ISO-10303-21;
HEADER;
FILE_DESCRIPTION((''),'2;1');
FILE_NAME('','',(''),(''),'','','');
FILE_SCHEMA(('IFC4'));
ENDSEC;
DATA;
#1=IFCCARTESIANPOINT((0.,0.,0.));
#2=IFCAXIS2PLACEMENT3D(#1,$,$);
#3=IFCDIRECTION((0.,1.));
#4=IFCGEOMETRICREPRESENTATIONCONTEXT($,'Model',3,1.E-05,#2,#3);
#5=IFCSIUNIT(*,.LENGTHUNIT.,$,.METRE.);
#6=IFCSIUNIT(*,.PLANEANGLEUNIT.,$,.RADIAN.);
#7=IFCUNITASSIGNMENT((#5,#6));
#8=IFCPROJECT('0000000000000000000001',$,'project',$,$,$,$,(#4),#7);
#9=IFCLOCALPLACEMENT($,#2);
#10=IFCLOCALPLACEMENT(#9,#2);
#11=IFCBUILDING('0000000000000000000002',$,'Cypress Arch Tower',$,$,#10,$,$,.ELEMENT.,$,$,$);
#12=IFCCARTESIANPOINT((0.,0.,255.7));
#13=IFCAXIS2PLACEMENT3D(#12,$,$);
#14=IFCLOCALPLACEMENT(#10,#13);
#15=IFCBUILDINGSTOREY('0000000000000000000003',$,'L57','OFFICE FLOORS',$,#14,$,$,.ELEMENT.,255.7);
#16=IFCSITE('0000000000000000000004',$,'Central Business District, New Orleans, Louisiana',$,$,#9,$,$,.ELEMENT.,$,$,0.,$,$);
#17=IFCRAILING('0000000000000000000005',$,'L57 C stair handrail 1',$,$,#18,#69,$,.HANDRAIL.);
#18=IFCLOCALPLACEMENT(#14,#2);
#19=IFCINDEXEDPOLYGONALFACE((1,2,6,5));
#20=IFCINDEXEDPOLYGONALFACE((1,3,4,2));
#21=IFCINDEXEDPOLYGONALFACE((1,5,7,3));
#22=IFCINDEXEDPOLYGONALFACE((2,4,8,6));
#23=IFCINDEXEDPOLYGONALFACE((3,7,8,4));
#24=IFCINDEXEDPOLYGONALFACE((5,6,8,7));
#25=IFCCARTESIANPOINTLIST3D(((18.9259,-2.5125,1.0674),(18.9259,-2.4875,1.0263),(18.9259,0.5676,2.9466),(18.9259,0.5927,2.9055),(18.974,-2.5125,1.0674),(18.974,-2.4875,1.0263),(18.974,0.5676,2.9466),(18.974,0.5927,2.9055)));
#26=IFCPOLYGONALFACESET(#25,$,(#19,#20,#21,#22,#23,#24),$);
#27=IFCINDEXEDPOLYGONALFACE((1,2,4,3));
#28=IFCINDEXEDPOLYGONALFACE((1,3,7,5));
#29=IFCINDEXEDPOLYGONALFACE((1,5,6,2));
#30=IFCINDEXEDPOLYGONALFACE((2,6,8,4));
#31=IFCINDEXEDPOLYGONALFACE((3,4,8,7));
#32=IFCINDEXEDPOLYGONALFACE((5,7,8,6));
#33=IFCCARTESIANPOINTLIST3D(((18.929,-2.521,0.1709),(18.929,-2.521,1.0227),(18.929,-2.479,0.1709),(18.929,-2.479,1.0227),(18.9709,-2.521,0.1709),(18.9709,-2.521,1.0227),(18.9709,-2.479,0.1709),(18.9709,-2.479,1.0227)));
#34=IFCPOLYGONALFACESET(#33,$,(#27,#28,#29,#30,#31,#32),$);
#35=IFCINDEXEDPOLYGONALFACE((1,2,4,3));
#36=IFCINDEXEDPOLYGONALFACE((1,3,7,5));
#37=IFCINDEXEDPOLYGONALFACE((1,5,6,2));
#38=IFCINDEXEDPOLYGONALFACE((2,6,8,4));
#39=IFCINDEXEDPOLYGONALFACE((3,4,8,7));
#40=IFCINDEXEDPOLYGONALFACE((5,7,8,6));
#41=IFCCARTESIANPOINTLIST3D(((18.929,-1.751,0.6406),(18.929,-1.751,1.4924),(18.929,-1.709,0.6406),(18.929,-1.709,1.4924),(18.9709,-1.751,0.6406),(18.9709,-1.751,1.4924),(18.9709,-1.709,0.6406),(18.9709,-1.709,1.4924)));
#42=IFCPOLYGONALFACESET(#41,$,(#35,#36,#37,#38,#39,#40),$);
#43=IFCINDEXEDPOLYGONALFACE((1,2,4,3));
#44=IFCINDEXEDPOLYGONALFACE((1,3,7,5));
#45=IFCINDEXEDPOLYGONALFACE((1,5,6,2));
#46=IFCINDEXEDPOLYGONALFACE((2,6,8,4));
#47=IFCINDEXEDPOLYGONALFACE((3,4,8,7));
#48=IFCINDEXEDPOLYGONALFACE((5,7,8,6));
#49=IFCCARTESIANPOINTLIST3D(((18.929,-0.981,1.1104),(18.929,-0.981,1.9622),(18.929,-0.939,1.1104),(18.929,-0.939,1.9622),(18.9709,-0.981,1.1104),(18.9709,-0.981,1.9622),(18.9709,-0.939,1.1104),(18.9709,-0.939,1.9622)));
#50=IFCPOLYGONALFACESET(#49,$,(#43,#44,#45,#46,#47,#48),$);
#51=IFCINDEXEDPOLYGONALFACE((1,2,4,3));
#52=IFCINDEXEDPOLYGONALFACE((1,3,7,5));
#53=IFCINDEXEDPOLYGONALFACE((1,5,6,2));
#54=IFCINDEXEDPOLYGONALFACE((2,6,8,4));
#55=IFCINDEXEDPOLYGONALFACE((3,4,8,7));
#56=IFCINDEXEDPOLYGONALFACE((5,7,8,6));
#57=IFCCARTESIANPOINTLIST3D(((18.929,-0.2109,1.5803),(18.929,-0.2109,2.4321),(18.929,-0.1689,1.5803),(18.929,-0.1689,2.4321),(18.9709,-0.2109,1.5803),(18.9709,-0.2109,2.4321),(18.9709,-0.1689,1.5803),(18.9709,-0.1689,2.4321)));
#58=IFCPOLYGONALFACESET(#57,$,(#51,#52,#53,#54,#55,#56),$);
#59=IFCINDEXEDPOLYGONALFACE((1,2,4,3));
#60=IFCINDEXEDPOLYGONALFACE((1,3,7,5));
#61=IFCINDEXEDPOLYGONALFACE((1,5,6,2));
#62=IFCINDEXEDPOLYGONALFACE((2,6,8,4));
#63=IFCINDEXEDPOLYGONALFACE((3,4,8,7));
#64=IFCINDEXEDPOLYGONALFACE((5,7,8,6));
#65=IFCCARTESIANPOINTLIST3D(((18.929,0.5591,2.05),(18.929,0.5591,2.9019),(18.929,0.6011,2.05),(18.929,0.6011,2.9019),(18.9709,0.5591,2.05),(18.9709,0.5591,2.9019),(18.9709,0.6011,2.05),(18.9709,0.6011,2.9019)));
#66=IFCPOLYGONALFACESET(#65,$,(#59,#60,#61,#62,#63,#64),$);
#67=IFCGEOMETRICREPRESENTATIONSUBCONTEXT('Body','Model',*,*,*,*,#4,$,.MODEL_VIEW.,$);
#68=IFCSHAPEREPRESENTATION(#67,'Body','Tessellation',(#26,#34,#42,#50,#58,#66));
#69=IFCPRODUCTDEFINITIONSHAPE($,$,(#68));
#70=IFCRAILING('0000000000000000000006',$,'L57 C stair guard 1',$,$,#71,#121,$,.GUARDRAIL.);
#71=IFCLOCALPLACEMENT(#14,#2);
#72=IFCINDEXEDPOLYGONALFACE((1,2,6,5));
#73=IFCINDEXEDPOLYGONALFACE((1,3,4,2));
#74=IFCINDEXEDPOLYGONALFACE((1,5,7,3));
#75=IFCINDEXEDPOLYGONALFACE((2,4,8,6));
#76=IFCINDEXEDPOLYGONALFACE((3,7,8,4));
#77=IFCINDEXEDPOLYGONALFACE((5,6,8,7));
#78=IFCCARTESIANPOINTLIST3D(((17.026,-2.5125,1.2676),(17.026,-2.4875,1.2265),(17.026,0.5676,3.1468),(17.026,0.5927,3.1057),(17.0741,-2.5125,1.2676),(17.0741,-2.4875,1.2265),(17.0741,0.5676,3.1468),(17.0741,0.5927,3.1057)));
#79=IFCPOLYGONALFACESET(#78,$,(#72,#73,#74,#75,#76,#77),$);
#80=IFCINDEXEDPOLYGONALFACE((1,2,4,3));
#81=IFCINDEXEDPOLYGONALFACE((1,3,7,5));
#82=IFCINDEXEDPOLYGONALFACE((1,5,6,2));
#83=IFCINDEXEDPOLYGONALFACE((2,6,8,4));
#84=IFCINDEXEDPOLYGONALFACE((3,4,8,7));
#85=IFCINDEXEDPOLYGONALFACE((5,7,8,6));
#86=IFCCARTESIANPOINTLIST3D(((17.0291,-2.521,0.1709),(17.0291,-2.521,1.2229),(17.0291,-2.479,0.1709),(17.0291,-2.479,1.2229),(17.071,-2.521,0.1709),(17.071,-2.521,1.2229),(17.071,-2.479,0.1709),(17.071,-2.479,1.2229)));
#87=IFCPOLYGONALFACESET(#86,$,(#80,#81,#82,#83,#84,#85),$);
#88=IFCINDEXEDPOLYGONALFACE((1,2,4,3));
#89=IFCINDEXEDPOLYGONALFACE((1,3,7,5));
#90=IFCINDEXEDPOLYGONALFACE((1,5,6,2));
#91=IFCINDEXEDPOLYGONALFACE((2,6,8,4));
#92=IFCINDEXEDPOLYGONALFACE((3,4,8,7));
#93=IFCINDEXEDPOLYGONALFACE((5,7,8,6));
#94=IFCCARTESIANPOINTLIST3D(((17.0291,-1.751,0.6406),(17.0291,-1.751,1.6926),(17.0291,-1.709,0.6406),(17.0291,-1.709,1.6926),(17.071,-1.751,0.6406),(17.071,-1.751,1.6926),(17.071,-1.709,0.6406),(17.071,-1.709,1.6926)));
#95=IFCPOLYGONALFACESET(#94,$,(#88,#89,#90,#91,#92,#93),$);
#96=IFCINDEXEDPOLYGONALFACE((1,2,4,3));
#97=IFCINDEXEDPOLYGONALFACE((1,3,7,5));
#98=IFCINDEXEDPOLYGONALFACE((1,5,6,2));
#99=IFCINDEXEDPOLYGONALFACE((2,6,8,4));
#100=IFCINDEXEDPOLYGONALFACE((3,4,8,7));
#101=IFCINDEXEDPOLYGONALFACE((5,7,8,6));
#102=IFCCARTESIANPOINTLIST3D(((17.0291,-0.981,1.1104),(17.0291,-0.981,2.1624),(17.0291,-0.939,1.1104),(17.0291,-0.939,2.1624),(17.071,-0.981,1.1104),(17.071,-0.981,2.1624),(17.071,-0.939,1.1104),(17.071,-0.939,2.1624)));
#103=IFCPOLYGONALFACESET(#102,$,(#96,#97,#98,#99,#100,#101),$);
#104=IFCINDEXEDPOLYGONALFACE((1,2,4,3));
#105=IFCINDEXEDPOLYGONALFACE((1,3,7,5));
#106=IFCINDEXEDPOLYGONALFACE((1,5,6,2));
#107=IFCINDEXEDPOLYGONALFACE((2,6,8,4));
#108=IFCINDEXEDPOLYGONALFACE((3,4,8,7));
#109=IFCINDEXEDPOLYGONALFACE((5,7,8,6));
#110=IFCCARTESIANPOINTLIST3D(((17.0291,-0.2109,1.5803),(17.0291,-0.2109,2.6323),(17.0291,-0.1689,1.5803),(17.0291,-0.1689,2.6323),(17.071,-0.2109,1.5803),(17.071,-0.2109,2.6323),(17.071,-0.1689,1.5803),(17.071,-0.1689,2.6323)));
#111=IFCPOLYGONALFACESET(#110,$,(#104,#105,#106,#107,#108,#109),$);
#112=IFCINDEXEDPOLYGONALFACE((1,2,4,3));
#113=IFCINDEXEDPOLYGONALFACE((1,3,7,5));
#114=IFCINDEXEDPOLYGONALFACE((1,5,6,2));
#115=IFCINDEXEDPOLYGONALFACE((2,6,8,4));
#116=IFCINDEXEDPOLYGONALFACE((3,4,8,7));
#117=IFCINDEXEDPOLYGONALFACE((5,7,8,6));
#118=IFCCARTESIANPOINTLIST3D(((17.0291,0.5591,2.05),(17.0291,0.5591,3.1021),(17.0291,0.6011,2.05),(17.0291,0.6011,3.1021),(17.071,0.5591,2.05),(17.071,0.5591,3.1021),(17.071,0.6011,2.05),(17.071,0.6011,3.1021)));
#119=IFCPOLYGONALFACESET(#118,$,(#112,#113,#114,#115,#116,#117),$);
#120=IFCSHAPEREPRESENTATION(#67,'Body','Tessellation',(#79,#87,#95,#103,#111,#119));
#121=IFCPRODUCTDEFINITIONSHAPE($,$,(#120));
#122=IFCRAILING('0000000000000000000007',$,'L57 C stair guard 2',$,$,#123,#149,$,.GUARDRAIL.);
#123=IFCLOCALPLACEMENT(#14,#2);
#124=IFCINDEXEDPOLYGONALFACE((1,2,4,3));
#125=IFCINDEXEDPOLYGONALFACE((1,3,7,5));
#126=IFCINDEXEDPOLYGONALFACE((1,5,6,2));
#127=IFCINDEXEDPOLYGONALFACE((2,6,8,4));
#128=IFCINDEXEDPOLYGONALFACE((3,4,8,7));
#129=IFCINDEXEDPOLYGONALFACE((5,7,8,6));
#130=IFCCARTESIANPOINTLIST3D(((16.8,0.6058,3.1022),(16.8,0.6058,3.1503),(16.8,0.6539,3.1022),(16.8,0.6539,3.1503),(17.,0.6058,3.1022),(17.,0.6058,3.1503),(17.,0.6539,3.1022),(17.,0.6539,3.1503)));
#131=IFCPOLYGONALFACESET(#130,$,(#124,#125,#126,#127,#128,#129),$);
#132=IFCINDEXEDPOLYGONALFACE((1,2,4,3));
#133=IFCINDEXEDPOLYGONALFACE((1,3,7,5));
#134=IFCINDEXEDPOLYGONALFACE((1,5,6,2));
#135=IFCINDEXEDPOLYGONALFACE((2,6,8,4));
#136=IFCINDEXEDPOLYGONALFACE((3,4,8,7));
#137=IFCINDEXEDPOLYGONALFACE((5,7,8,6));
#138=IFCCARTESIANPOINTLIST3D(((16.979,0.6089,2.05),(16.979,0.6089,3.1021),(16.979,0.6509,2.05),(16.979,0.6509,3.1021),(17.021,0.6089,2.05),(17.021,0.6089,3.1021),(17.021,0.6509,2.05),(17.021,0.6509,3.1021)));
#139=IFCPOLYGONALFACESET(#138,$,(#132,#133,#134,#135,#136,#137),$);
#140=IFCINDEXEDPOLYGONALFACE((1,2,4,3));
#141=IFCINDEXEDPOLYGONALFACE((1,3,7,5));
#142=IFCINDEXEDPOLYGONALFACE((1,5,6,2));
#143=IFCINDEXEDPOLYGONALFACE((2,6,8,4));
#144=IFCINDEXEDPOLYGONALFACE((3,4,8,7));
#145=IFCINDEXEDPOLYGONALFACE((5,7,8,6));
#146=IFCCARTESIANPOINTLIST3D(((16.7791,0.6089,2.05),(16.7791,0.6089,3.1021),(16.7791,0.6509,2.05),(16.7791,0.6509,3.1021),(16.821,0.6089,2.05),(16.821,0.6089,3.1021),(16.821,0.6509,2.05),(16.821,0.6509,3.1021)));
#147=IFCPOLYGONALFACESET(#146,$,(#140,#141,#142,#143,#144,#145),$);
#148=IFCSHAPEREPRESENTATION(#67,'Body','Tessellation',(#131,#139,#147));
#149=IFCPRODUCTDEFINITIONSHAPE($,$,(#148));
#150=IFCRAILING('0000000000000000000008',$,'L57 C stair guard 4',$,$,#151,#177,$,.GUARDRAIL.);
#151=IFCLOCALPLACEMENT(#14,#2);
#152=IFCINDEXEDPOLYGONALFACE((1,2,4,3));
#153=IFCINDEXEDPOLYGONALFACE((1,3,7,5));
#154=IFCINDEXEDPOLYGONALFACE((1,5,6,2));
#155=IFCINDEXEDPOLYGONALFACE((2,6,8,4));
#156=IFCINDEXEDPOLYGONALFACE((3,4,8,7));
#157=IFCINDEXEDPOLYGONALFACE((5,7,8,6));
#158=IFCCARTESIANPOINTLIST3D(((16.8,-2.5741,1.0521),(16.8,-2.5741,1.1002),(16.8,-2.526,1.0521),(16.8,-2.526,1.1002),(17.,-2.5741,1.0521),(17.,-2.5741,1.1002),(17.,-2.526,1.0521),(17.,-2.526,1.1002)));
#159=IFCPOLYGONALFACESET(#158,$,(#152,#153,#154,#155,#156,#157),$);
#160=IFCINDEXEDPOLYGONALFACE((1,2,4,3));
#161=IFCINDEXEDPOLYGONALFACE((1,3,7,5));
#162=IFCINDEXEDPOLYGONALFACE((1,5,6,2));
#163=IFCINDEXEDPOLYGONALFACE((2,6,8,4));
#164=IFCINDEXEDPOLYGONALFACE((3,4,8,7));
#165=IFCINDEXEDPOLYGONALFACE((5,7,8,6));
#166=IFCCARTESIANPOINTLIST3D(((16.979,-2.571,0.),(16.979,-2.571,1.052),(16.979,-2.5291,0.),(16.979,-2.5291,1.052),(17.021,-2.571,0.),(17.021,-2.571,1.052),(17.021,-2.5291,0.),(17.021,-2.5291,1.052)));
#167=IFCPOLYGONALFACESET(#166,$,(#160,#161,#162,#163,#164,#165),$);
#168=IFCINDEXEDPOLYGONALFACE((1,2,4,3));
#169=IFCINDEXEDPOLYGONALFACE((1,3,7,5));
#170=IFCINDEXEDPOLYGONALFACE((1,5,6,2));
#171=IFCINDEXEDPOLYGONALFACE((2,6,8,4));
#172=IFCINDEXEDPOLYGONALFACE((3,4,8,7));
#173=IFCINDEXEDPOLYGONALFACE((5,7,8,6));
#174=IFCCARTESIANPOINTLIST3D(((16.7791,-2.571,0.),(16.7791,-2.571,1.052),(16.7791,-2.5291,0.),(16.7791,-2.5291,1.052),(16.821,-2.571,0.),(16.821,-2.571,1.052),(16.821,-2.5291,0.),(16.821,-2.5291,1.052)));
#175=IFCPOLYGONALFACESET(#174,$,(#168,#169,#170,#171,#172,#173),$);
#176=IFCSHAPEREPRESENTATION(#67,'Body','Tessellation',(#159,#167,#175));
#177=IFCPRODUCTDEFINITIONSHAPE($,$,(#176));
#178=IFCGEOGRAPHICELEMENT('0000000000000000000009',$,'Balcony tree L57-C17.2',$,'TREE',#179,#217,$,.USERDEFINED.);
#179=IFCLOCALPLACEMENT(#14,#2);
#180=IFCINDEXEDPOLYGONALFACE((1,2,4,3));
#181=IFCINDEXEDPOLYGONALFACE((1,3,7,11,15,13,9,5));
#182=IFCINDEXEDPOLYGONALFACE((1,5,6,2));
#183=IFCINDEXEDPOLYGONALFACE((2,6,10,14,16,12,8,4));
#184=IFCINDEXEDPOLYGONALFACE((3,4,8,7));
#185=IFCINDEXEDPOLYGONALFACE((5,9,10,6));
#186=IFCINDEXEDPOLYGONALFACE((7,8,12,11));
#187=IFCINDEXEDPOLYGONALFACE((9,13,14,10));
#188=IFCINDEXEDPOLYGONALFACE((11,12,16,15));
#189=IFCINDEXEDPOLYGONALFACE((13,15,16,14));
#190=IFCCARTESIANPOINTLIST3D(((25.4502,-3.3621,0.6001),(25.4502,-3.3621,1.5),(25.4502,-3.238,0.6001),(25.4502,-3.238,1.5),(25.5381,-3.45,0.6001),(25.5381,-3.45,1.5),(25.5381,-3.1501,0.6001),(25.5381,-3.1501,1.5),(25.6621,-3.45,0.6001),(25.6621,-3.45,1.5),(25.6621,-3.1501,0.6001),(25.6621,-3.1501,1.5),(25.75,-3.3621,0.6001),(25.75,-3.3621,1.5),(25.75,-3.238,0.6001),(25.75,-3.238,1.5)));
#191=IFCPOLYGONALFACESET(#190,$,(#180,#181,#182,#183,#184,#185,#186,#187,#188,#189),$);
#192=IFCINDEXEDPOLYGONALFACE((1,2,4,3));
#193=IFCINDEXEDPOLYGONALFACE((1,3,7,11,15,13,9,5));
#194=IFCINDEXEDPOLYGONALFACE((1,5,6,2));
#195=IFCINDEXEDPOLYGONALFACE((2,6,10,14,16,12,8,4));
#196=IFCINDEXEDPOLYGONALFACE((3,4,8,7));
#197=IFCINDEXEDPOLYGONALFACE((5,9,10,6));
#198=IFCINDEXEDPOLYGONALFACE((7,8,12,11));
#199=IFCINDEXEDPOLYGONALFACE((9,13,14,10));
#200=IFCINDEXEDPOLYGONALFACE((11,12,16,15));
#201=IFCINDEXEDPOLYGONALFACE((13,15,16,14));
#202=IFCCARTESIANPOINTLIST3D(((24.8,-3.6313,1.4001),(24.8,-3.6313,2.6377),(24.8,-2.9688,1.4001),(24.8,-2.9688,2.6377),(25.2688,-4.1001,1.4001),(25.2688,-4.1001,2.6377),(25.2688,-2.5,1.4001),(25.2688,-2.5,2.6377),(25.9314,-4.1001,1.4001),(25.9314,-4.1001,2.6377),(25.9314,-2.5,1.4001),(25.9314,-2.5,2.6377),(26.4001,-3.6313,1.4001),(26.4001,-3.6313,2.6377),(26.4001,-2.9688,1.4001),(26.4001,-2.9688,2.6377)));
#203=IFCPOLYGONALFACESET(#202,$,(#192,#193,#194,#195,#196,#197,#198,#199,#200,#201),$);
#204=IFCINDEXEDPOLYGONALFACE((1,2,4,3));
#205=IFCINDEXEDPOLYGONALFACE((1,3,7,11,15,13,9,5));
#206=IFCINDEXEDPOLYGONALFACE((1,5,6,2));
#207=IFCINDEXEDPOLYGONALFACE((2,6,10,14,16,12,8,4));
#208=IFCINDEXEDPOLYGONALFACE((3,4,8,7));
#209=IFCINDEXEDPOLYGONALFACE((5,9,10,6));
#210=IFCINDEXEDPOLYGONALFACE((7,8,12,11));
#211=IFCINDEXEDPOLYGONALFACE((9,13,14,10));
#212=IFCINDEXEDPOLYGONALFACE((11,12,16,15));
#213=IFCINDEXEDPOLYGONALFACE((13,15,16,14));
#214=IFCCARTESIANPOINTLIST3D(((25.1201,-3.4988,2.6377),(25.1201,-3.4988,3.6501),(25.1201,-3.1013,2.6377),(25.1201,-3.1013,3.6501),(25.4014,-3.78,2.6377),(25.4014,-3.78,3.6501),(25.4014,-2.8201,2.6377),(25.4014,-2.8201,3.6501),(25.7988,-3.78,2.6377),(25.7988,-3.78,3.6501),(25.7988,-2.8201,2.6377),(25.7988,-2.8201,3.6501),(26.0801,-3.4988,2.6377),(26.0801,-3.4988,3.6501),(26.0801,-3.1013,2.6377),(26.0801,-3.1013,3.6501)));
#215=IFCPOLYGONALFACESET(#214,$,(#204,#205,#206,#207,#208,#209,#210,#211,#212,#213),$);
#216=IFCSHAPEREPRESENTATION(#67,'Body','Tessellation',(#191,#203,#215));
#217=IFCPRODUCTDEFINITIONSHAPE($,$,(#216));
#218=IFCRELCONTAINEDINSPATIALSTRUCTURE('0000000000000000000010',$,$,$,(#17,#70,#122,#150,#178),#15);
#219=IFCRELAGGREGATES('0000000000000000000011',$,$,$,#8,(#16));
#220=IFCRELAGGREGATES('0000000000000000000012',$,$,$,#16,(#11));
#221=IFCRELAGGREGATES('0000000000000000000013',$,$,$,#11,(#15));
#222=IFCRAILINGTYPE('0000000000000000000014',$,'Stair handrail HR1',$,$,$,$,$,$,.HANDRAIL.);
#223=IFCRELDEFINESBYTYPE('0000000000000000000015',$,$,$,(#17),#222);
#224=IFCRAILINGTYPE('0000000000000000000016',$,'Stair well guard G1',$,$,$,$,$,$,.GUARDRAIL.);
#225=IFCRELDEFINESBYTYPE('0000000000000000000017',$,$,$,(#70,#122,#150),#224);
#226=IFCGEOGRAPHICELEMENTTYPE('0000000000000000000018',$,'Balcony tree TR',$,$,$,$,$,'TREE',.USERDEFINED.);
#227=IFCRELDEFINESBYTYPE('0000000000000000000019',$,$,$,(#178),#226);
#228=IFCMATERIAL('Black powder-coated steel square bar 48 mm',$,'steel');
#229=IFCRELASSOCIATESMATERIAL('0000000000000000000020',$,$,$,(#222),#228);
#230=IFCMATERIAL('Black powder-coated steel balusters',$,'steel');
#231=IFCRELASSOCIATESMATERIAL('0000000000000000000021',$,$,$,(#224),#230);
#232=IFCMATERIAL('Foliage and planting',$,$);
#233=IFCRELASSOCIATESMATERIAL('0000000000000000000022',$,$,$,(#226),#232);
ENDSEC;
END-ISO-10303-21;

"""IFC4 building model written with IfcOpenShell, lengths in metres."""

from ifc_helpers import new_model, si_unit, direction, frame, origin, origin_2d, place, context, subcontext, project, spatial, polyline, rectangle, outline, extrude, material, type_object, element, save


model = new_model("IFC4")

# Units and contexts
model_context = context("Model", 3, precision=1e-05, world=origin(), true_north=direction((0.0, 1.0)))
body_context = subcontext(model_context, "Body", "Model", "MODEL_VIEW")
ifc_project = project(units=[si_unit("LENGTHUNIT", "METRE"), si_unit("PLANEANGLEUNIT", "RADIAN")], contexts=[model_context])

# Site, building, storey
site_placement = place(None, origin())
site = spatial("IfcSite", under=ifc_project, at=site_placement, Name="Central Business District, New Orleans, Louisiana", CompositionType="ELEMENT", RefElevation=0.0)
building_placement = place(site_placement, origin())
building = spatial("IfcBuilding", under=site, at=building_placement, Name="Cypress Arch Tower", CompositionType="ELEMENT")
storey_placement = place(building_placement, frame((0.0, 0.0, 255.7)))
storey = spatial("IfcBuildingStorey", under=building, at=storey_placement, Name="L57", Description="OFFICE FLOORS", CompositionType="ELEMENT", Elevation=255.7)

# Railings
ifc_material_1 = material(Name="Black powder-coated steel square bar 48 mm", Category="steel")
railing_type_1 = type_object("IfcRailingType", Name="Stair handrail HR1", PredefinedType="HANDRAIL", material=ifc_material_1)
railing_1_placement = place(storey_placement, frame((18.95, -2.5, 0.1709)))
element("IfcRailing", 1, at=railing_1_placement, inside=storey, type_object=railing_type_1, Name="L57 C stair handrail 1", PredefinedType="HANDRAIL", context=body_context, shape_type="SweptSolid", body=[
    extrude(rectangle(XDim=0.0481, YDim=0.0481, at=origin_2d()), frame((0.0, 0.0, 0.876), z_axis=(0.0, 0.853666, 0.52082), x_axis=(-1.0, 0.0, 0.0)), (0.0, 0.0, 1.0), 3.6082),
    extrude(rectangle(XDim=0.042, YDim=0.042, at=origin_2d()), origin(), (0.0, 0.0, 1.0), 0.8518),
    extrude(rectangle(XDim=0.042, YDim=0.042, at=origin_2d()), frame((0.0, 0.77, 0.4697)), (0.0, 0.0, 1.0), 0.8518),
    extrude(rectangle(XDim=0.042, YDim=0.042, at=origin_2d()), frame((0.0, 1.54, 0.9395)), (0.0, 0.0, 1.0), 0.8518),
    extrude(rectangle(XDim=0.042, YDim=0.042, at=origin_2d()), frame((0.0, 2.3101, 1.4094)), (0.0, 0.0, 1.0), 0.8518),
    extrude(rectangle(XDim=0.042, YDim=0.042, at=origin_2d()), frame((0.0, 3.0801, 1.8792)), (0.0, 0.0, 1.0), 0.8518),
])
ifc_material_2 = material(Name="Black powder-coated steel balusters", Category="steel")
railing_type_2 = type_object("IfcRailingType", Name="Stair well guard G1", PredefinedType="GUARDRAIL", material=ifc_material_2)
railing_2_placement = place(storey_placement, frame((17.05, -2.5, 0.1709)))
element("IfcRailing", 2, at=railing_2_placement, inside=storey, type_object=railing_type_2, Name="L57 C stair guard 1", PredefinedType="GUARDRAIL", context=body_context, shape_type="SweptSolid", body=[
    extrude(rectangle(XDim=0.0481, YDim=0.0481, at=origin_2d()), frame((0.0, 0.0, 1.0762), z_axis=(0.0, 0.853666, 0.52082), x_axis=(-1.0, 0.0, 0.0)), (0.0, 0.0, 1.0), 3.6082),
    extrude(rectangle(XDim=0.042, YDim=0.042, at=origin_2d()), origin(), (0.0, 0.0, 1.0), 1.052),
    extrude(rectangle(XDim=0.042, YDim=0.042, at=origin_2d()), frame((0.0, 0.77, 0.4697)), (0.0, 0.0, 1.0), 1.052),
    extrude(rectangle(XDim=0.042, YDim=0.042, at=origin_2d()), frame((0.0, 1.54, 0.9395)), (0.0, 0.0, 1.0), 1.052),
    extrude(rectangle(XDim=0.042, YDim=0.042, at=origin_2d()), frame((0.0, 2.3101, 1.4094)), (0.0, 0.0, 1.0), 1.052),
    extrude(rectangle(XDim=0.042, YDim=0.042, at=origin_2d()), frame((0.0, 3.0801, 1.8792)), (0.0, 0.0, 1.0), 1.052),
])
for number, where, name in (
    (3, (17.0, 0.6299, 2.05), "L57 C stair guard 2"),
    (4, (17.0, -2.55, 0.0), "L57 C stair guard 4"),
):
    element("IfcRailing", number, at=place(storey_placement, frame(where)), inside=storey, type_object=railing_type_2, Name=name, PredefinedType="GUARDRAIL", context=body_context, shape_type="SweptSolid", body=[
        extrude(rectangle(XDim=0.0481, YDim=0.0481, at=origin_2d()), frame((0.0, 0.0, 1.0762), z_axis=(-1.0, 0.0, 0.0), x_axis=(0.0, -1.0, 0.0)), (0.0, 0.0, 1.0), 0.2),
        extrude(rectangle(XDim=0.042, YDim=0.042, at=origin_2d()), origin(), (0.0, 0.0, 1.0), 1.052),
        extrude(rectangle(XDim=0.042, YDim=0.042, at=origin_2d()), frame((-0.2, 0.0, 0.0)), (0.0, 0.0, 1.0), 1.052),
    ])

# Geographic element
ifc_material_3 = material(Name="Foliage and planting")
geographic_element_type = type_object("IfcGeographicElementType", Name="Balcony tree TR", ElementType="TREE", PredefinedType="USERDEFINED", material=ifc_material_3)
for number, where, z_axis, x_axis, name in (
    (5, (25.6001, -3.3, 0.6001), (0.0, 0.0, 1.0), (1.0, 0.0, 0.0), "Balcony tree L57-C17.2"),
):
    element("IfcGeographicElement", number, at=place(storey_placement, frame(where, z_axis=z_axis, x_axis=x_axis)), inside=storey, type_object=geographic_element_type, Name=name, ObjectType="TREE", PredefinedType="USERDEFINED", context=body_context, shape_type="SweptSolid", body=[
        extrude(outline(polyline([(0.1499, 0.062), (0.062, 0.1499), (-0.062, 0.1499), (-0.1499, 0.062), (-0.1499, -0.062), (-0.062, -0.1499), (0.062, -0.1499), (0.1499, -0.062), (0.1499, 0.062)])), origin(), (0.0, 0.0, 1.0), 0.8999),
        extrude(outline(polyline([(0.8, 0.3313), (0.3313, 0.8), (-0.3313, 0.8), (-0.8, 0.3313), (-0.8, -0.3313), (-0.3313, -0.8), (0.3313, -0.8), (0.8, -0.3313), (0.8, 0.3313)])), frame((0.0, 0.0, 0.8)), (0.0, 0.0, 1.0), 1.2375),
        extrude(outline(polyline([(0.48, 0.1987), (0.1987, 0.48), (-0.1987, 0.48), (-0.48, 0.1987), (-0.48, -0.1987), (-0.1987, -0.48), (0.1987, -0.48), (0.48, -0.1987), (0.48, 0.1987)])), frame((0.0, 0.0, 2.0376)), (0.0, 0.0, 1.0), 1.0125),
    ])

save(model, "model.ifc")
